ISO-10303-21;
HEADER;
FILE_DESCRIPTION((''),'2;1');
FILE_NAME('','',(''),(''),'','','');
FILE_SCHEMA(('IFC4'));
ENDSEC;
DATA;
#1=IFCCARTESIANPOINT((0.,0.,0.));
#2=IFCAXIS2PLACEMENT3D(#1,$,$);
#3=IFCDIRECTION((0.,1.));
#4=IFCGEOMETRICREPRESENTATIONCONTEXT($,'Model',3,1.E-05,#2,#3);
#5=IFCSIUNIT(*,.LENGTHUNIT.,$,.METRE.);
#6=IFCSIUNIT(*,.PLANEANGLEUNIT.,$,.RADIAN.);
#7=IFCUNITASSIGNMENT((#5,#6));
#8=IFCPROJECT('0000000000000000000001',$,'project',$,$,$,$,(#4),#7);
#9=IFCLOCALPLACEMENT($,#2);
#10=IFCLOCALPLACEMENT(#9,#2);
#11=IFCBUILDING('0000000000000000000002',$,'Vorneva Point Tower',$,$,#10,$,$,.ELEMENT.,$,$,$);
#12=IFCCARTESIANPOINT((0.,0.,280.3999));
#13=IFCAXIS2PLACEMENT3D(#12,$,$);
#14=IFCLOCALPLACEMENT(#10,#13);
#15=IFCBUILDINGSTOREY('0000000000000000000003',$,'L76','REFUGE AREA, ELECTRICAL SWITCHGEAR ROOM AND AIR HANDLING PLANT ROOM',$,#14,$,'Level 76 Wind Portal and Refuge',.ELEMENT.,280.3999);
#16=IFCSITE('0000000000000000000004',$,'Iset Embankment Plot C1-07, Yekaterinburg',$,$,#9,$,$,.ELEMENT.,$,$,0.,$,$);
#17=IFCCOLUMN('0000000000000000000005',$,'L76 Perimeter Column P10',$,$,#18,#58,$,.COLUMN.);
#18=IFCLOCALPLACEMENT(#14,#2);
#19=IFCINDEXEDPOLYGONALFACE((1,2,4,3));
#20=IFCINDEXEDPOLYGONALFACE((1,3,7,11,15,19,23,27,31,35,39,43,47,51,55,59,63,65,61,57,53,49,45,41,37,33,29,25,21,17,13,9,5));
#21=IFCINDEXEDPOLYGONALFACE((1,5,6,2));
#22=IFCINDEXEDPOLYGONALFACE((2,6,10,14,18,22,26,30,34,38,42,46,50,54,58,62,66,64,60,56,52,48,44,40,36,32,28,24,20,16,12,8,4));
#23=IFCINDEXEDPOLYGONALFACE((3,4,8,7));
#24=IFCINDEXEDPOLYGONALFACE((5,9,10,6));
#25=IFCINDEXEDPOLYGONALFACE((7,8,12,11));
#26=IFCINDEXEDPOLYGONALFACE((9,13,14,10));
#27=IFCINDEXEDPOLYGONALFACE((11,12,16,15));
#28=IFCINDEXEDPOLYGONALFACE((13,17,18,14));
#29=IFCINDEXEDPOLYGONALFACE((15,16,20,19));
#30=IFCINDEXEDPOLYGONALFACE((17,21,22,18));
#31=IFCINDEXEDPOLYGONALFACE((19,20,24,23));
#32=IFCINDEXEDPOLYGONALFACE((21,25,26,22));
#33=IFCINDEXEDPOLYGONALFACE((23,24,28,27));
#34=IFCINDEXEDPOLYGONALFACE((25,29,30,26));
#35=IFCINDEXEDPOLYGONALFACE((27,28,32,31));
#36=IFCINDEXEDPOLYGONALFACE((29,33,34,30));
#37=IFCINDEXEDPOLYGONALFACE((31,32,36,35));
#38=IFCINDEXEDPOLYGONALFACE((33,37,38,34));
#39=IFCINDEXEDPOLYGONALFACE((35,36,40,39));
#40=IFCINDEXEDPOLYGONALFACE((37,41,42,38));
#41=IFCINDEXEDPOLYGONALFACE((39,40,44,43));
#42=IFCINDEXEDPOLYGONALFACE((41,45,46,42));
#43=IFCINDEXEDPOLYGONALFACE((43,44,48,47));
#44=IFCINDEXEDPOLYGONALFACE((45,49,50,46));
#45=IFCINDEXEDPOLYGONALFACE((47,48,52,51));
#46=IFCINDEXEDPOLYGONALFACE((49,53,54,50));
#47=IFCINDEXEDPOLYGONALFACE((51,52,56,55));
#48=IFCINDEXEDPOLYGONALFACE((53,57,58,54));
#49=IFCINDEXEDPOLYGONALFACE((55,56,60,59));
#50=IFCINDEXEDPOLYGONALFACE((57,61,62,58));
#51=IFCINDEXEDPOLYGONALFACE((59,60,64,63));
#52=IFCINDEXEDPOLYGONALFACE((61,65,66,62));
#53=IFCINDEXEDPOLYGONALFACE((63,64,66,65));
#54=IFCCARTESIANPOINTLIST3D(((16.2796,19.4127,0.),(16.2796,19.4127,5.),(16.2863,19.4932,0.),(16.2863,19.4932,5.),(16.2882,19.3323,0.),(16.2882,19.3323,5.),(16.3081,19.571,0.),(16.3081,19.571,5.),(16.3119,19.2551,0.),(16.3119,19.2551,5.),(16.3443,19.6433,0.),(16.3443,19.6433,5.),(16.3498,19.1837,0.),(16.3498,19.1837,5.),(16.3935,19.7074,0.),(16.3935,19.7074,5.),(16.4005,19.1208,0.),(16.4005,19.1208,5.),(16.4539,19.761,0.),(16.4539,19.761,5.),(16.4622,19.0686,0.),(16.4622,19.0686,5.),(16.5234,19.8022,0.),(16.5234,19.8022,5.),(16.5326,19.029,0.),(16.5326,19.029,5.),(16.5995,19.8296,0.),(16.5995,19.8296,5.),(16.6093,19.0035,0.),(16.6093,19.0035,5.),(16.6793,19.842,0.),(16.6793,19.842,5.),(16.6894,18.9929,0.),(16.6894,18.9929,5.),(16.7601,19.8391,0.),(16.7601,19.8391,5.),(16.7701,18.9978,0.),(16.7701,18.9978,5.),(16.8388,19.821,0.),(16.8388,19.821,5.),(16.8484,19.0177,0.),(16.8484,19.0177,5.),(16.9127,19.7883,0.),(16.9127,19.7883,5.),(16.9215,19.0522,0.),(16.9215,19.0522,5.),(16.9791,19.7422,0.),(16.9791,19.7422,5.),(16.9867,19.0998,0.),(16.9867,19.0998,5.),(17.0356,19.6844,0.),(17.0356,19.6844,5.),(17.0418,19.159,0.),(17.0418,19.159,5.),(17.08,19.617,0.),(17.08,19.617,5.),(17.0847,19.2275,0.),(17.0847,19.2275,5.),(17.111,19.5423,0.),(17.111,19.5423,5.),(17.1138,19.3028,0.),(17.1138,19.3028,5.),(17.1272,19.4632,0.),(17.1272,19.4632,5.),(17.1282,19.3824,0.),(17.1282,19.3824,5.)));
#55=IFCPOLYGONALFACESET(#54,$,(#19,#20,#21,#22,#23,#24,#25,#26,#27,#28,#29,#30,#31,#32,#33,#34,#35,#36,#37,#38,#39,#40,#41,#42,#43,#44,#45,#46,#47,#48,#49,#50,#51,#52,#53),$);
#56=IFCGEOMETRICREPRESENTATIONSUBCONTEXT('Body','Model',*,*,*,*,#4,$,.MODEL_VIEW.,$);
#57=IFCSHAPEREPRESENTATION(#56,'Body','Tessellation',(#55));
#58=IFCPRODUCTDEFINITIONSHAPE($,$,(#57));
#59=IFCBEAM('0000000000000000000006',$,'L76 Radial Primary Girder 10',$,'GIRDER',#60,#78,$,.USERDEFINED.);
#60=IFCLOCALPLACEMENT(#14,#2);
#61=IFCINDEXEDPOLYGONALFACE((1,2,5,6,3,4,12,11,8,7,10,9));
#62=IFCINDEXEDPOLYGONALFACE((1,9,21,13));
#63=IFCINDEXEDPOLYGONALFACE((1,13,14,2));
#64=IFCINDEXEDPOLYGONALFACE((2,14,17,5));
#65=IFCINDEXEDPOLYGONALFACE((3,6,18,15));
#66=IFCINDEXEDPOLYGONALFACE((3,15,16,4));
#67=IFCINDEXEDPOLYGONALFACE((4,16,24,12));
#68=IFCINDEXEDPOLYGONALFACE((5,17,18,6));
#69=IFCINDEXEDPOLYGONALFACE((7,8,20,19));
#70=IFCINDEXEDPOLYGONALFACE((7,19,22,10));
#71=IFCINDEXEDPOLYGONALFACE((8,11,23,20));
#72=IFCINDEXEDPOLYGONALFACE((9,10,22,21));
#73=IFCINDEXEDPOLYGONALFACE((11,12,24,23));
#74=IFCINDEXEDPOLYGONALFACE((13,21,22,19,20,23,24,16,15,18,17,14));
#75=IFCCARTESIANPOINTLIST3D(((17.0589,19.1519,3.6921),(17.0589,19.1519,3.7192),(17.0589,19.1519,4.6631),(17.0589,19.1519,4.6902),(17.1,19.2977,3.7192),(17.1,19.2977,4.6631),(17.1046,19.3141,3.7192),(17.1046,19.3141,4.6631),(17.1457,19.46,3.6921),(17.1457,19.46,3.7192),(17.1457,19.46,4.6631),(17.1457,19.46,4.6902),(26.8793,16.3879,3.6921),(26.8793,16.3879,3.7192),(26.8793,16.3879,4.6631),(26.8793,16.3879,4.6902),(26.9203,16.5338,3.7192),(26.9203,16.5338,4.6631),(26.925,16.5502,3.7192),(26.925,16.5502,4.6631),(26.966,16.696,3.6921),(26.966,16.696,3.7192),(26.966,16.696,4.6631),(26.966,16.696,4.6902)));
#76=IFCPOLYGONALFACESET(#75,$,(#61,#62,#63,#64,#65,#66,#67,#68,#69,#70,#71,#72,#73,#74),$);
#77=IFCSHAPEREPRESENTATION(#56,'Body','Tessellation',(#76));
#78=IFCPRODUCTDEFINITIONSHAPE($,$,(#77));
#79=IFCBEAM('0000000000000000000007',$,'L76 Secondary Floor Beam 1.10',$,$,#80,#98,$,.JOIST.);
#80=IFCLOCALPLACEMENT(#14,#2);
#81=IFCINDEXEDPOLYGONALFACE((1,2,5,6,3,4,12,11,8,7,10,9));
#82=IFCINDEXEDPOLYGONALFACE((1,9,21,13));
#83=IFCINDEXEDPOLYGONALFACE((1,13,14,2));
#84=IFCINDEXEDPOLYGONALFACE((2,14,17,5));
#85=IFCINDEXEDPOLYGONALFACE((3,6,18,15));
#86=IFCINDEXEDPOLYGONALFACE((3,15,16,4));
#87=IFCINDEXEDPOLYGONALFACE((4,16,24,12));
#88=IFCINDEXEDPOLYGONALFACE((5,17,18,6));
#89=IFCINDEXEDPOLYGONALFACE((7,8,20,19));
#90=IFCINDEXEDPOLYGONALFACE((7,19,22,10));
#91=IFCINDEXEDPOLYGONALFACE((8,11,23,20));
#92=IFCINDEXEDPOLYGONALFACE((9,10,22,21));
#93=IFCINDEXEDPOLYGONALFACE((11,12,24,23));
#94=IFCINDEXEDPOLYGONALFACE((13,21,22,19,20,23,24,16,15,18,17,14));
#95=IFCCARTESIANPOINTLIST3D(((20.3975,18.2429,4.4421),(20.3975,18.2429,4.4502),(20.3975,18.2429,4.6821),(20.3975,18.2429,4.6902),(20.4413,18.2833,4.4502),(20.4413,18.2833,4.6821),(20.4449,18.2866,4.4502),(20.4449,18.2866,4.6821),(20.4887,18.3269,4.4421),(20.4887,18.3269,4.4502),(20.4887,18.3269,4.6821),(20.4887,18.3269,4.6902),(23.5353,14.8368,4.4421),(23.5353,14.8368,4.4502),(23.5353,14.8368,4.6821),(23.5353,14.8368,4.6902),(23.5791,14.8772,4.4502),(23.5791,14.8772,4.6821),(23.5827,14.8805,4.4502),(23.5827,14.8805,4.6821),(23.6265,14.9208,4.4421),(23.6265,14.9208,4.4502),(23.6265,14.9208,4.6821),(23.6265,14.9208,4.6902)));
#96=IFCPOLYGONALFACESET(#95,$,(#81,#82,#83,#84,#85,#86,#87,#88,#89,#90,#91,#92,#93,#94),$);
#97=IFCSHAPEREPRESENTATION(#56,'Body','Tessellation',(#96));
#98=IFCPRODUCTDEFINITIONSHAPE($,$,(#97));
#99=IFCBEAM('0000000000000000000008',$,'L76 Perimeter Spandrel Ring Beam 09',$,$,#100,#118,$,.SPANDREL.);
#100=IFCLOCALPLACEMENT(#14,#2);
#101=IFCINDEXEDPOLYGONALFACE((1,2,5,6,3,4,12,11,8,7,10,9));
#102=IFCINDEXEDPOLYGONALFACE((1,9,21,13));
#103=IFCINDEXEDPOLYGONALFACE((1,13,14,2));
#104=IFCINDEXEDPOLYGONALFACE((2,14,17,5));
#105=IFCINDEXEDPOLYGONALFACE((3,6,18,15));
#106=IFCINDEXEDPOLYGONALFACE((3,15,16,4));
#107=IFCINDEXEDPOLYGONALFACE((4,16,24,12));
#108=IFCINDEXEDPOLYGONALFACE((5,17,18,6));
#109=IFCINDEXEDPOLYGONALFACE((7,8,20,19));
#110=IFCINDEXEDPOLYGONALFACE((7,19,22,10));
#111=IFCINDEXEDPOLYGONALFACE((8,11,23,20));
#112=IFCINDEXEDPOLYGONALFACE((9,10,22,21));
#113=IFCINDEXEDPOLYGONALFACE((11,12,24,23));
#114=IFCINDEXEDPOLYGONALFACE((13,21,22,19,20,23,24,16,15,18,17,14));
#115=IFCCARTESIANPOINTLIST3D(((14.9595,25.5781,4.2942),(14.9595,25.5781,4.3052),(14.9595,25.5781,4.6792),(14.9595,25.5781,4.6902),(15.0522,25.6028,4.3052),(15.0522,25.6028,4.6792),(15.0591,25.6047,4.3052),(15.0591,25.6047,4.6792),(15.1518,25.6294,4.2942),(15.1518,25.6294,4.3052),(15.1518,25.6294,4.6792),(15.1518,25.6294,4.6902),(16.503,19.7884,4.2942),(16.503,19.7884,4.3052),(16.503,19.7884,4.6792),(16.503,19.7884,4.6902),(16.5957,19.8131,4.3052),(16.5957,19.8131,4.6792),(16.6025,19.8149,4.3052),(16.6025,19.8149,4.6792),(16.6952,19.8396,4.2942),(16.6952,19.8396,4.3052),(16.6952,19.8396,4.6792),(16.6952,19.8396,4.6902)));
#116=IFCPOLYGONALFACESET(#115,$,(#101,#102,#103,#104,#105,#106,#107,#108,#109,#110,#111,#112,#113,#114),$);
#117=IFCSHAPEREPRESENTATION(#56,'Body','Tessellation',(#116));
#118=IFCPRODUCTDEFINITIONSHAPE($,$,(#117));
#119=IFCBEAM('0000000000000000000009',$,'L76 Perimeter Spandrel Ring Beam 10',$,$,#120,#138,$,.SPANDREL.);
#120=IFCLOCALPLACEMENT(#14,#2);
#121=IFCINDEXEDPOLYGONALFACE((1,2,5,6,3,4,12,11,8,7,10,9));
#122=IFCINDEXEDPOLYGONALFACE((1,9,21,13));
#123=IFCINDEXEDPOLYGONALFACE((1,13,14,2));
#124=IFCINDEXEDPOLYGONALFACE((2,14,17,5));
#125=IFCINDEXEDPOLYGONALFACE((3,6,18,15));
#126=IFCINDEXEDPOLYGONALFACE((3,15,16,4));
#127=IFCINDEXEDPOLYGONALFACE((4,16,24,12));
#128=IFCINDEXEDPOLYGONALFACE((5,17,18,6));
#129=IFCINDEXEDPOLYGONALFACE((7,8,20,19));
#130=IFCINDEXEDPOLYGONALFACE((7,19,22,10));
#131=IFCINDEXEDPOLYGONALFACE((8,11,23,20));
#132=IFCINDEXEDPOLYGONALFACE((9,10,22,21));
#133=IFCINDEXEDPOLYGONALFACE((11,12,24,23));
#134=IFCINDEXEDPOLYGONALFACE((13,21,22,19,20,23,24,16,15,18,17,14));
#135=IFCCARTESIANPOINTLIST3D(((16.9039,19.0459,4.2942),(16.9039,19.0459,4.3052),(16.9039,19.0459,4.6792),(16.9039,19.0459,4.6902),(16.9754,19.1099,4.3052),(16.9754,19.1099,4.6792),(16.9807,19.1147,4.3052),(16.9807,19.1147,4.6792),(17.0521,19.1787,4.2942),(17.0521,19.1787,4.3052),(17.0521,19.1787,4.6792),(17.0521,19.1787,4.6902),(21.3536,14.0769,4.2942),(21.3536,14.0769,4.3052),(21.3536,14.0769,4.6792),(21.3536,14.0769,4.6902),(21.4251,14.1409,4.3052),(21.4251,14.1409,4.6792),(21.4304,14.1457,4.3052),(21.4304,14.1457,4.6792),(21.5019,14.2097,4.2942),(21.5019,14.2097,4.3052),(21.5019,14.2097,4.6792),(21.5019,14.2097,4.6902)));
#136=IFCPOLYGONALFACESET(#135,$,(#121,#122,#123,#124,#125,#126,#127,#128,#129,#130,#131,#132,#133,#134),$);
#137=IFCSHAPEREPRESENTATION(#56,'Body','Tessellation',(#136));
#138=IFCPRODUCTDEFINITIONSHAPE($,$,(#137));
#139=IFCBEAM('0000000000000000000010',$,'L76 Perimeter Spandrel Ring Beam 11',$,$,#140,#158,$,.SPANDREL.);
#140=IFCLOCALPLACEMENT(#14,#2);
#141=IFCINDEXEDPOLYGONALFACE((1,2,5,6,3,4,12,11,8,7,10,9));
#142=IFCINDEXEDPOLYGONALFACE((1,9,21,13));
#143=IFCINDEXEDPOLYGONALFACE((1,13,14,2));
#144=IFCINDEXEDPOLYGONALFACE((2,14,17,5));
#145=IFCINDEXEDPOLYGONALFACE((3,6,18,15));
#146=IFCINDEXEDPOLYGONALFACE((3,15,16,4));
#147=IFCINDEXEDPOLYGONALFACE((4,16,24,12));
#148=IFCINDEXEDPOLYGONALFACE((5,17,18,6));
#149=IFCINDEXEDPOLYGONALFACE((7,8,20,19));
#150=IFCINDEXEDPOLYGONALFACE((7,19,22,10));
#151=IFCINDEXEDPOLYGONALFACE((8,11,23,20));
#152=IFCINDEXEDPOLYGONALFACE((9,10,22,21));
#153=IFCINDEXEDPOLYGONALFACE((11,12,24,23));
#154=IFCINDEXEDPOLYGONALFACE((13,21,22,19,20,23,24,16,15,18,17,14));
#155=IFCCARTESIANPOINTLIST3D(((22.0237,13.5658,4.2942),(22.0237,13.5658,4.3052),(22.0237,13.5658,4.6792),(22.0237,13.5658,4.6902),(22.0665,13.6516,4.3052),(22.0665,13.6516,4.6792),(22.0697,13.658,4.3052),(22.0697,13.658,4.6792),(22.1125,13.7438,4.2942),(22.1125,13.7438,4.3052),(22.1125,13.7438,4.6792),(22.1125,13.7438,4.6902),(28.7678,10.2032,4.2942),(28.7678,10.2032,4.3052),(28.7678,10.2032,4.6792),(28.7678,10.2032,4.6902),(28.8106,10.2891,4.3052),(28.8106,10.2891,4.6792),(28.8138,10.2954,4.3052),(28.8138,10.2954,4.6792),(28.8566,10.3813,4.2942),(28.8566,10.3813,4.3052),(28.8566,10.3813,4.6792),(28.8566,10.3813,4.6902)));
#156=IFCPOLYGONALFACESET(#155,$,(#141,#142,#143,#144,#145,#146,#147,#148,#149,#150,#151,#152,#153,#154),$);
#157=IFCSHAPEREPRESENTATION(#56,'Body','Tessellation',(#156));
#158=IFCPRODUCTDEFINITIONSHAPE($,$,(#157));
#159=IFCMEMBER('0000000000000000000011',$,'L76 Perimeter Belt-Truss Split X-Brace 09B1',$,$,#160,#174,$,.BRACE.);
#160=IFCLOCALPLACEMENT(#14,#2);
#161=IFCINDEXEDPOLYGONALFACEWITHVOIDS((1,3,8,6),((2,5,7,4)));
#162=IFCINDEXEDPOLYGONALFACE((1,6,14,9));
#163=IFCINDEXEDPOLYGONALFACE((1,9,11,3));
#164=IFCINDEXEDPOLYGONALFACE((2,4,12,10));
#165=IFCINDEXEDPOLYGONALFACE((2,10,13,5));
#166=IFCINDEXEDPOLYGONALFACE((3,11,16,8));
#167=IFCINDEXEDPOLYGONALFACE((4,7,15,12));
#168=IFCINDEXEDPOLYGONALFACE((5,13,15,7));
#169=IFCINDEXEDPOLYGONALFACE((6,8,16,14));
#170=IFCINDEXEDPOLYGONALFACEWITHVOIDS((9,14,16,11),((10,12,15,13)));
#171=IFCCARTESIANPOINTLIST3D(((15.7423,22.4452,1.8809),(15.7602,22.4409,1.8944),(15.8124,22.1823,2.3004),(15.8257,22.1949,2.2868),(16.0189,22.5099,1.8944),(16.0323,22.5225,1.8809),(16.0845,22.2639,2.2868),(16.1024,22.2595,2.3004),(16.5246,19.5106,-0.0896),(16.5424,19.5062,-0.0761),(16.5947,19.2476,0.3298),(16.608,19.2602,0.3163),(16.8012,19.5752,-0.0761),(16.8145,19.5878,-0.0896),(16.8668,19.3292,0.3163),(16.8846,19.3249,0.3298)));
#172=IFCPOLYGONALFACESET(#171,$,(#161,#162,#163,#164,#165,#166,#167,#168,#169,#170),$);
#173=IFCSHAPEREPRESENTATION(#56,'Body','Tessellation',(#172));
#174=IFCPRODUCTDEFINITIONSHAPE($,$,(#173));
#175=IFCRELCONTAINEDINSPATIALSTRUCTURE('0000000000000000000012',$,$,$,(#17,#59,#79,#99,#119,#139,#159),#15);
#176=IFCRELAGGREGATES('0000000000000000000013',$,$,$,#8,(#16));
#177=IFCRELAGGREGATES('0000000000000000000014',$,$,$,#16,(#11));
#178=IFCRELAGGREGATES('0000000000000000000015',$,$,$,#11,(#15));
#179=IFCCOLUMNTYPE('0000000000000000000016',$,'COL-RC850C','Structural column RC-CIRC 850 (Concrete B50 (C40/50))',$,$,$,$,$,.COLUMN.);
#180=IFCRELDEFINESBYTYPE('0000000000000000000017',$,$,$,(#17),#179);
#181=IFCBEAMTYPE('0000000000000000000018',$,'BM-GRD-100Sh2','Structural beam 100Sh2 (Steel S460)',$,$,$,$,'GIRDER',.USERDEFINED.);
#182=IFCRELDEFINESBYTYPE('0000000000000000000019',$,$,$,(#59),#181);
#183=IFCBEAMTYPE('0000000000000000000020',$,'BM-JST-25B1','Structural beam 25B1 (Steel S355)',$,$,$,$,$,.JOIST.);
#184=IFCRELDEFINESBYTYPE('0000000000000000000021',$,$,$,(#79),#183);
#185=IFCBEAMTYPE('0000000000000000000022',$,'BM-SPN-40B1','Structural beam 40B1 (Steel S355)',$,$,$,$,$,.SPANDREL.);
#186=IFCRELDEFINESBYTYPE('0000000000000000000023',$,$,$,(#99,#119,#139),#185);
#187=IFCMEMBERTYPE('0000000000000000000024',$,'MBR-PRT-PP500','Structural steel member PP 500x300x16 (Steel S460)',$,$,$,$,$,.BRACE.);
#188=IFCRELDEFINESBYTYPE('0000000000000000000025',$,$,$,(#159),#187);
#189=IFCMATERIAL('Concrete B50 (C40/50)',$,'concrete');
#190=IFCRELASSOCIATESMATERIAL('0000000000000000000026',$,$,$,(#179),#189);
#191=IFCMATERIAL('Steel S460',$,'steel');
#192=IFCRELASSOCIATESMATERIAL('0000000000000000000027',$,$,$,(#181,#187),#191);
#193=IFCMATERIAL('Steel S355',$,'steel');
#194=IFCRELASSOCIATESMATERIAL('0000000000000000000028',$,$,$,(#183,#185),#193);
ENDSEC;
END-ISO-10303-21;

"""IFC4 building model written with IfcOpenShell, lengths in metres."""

from ifc_helpers import new_model, si_unit, direction, frame, origin, origin_2d, place, context, subcontext, project, spatial, hollow_rectangle, circle, i_section, extrude, material, material_profile, profile_set, type_object, element, save


model = new_model("IFC4")

# Units and contexts
model_context = context("Model", 3, precision=1e-05, world=origin(), true_north=direction((0.0, 1.0)))
body_context = subcontext(model_context, "Body", "Model", "MODEL_VIEW")
ifc_project = project(units=[si_unit("LENGTHUNIT", "METRE"), si_unit("PLANEANGLEUNIT", "RADIAN")], contexts=[model_context])

# Site, building, storey
site_placement = place(None, origin())
site = spatial("IfcSite", under=ifc_project, at=site_placement, Name="Iset Embankment Plot C1-07, Yekaterinburg", CompositionType="ELEMENT", RefElevation=0.0)
building_placement = place(site_placement, origin())
building = spatial("IfcBuilding", under=site, at=building_placement, Name="Vorneva Point Tower", CompositionType="ELEMENT")
storey_placement = place(building_placement, frame((0.0, 0.0, 280.3999)))
storey = spatial("IfcBuildingStorey", under=building, at=storey_placement, Name="L76", Description="REFUGE AREA, ELECTRICAL SWITCHGEAR ROOM AND AIR HANDLING PLANT ROOM", LongName="Level 76 Wind Portal and Refuge", CompositionType="ELEMENT", Elevation=280.3999)

# Column
ifc_material_1 = material(Name="Concrete B50 (C40/50)", Category="concrete")
ifc_material_profile_1 = material_profile(ifc_material_1, circle(Radius=0.425, at=origin_2d()), Name="RC-CIRC 850")
ifc_profile_set_1 = profile_set([ifc_material_profile_1], Name="Concrete B50 (C40/50)")
column_type = type_object("IfcColumnType", Name="COL-RC850C", Description="Structural column RC-CIRC 850 (Concrete B50 (C40/50))", PredefinedType="COLUMN", material=ifc_profile_set_1)
for number, where, z_axis, x_axis, name in (
    (1, (16.7046, 19.4177, 0.0), (0.0, 0.0, 1.0), (-0.92388, -0.382683, 0.0), "L76 Perimeter Column P10"),
):
    element("IfcColumn", number, at=place(storey_placement, frame(where, z_axis=z_axis, x_axis=x_axis)), inside=storey, type_object=column_type, Name=name, PredefinedType="COLUMN", context=body_context, shape_type="SweptSolid", body=[
        extrude(circle(Radius=0.425, at=origin_2d()), origin(), (0.0, 0.0, 1.0), 5.0),
    ])

# Beams
ifc_material_2 = material(Name="Steel S460", Category="steel")
ifc_material_profile_2 = material_profile(ifc_material_2, i_section(OverallWidth=0.3201, OverallDepth=0.998, WebThickness=0.0171, FlangeThickness=0.0271, at=origin_2d()), Name="100Sh2")
ifc_profile_set_2 = profile_set([ifc_material_profile_2], Name="Steel S460")
beam_type_1 = type_object("IfcBeamType", Name="BM-GRD-100Sh2", Description="Structural beam 100Sh2 (Steel S460)", ElementType="GIRDER", PredefinedType="USERDEFINED", material=ifc_profile_set_2)
beam_1_placement = place(storey_placement, frame((17.1023, 19.3059, 4.1912), z_axis=(0.962601, -0.270923, 0.0), x_axis=(0.270923, 0.962601, 0.0)))
element("IfcBeam", 2, at=beam_1_placement, inside=storey, type_object=beam_type_1, Name="L76 Radial Primary Girder 10", ObjectType="GIRDER", PredefinedType="USERDEFINED", context=body_context, shape_type="SweptSolid", body=[
    extrude(i_section(OverallWidth=0.3201, OverallDepth=0.998, WebThickness=0.0171, FlangeThickness=0.0271, at=origin_2d()), origin(), (0.0, 0.0, 1.0), 10.2019),
])
ifc_material_3 = material(Name="Steel S355", Category="steel")
ifc_material_profile_3 = material_profile(ifc_material_3, i_section(OverallWidth=0.124, OverallDepth=0.248, WebThickness=0.0049, FlangeThickness=0.0081, at=origin_2d()), Name="25B1")
ifc_profile_set_3 = profile_set([ifc_material_profile_3], Name="Steel S355")
beam_type_2 = type_object("IfcBeamType", Name="BM-JST-25B1", Description="Structural beam 25B1 (Steel S355)", PredefinedType="JOIST", material=ifc_profile_set_3)
beam_2_placement = place(storey_placement, frame((20.4431, 18.2849, 4.5662), z_axis=(0.677544, -0.735482, 0.0), x_axis=(0.735482, 0.677544, 0.0)))
element("IfcBeam", 3, at=beam_2_placement, inside=storey, type_object=beam_type_2, Name="L76 Secondary Floor Beam 1.10", PredefinedType="JOIST", context=body_context, shape_type="SweptSolid", body=[
    extrude(i_section(OverallWidth=0.124, OverallDepth=0.248, WebThickness=0.0049, FlangeThickness=0.0081, at=origin_2d()), origin(), (0.0, 0.0, 1.0), 4.6311),
])
ifc_material_profile_4 = material_profile(ifc_material_3, i_section(OverallWidth=0.199, OverallDepth=0.396, WebThickness=0.0071, FlangeThickness=0.011, at=origin_2d()), Name="40B1")
ifc_profile_set_4 = profile_set([ifc_material_profile_4], Name="Steel S355")
beam_type_3 = type_object("IfcBeamType", Name="BM-SPN-40B1", Description="Structural beam 40B1 (Steel S355)", PredefinedType="SPANDREL", material=ifc_profile_set_4)
beam_3_placement = place(storey_placement, frame((15.0557, 25.6038, 4.4922), z_axis=(0.257587, -0.966255, 0.0), x_axis=(0.966255, 0.257587, 0.0)))
element("IfcBeam", 4, at=beam_3_placement, inside=storey, type_object=beam_type_3, Name="L76 Perimeter Spandrel Ring Beam 09", PredefinedType="SPANDREL", context=body_context, shape_type="SweptSolid", body=[
    extrude(i_section(OverallWidth=0.199, OverallDepth=0.396, WebThickness=0.0071, FlangeThickness=0.011, at=origin_2d()), origin(), (0.0, 0.0, 1.0), 5.9919),
])
beam_4_placement = place(storey_placement, frame((16.978, 19.1123, 4.4922), z_axis=(0.667108, -0.744961, 0.0), x_axis=(0.744961, 0.667108, 0.0)))
element("IfcBeam", 5, at=beam_4_placement, inside=storey, type_object=beam_type_3, Name="L76 Perimeter Spandrel Ring Beam 10", PredefinedType="SPANDREL", context=body_context, shape_type="SweptSolid", body=[
    extrude(i_section(OverallWidth=0.199, OverallDepth=0.396, WebThickness=0.0071, FlangeThickness=0.011, at=origin_2d()), origin(), (0.0, 0.0, 1.0), 6.6702),
])
beam_5_placement = place(storey_placement, frame((22.0681, 13.6548, 4.4922), z_axis=(0.894932, -0.446203, 0.0), x_axis=(0.446203, 0.894932, 0.0)))
element("IfcBeam", 6, at=beam_5_placement, inside=storey, type_object=beam_type_3, Name="L76 Perimeter Spandrel Ring Beam 11", PredefinedType="SPANDREL", context=body_context, shape_type="SweptSolid", body=[
    extrude(i_section(OverallWidth=0.199, OverallDepth=0.396, WebThickness=0.0071, FlangeThickness=0.011, at=origin_2d()), origin(), (0.0, 0.0, 1.0), 7.5359),
])

# Member
ifc_material_profile_5 = material_profile(ifc_material_2, hollow_rectangle(XDim=0.3, YDim=0.5, WallThickness=0.0161, at=origin_2d()), Name="PP 500x300x16")
ifc_profile_set_5 = profile_set([ifc_material_profile_5], Name="Steel S460")
member_type = type_object("IfcMemberType", Name="MBR-PRT-PP500", Description="Structural steel member PP 500x300x16 (Steel S460)", PredefinedType="BRACE", material=ifc_profile_set_5)
member_1_placement = place(storey_placement, frame((16.7046, 19.4177, 0.1201), z_axis=(-0.216069, 0.810596, 0.544286), x_axis=(-0.966262, -0.257563, 0.0)))
element("IfcMember", 7, at=member_1_placement, inside=storey, type_object=member_type, Name="L76 Perimeter Belt-Truss Split X-Brace 09B1", PredefinedType="BRACE", context=body_context, shape_type="SweptSolid", body=[
    extrude(hollow_rectangle(XDim=0.3, YDim=0.5, WallThickness=0.0161, at=origin_2d()), origin(), (0.0, 0.0, 1.0), 3.6204),
])

save(model, "model.ifc")
